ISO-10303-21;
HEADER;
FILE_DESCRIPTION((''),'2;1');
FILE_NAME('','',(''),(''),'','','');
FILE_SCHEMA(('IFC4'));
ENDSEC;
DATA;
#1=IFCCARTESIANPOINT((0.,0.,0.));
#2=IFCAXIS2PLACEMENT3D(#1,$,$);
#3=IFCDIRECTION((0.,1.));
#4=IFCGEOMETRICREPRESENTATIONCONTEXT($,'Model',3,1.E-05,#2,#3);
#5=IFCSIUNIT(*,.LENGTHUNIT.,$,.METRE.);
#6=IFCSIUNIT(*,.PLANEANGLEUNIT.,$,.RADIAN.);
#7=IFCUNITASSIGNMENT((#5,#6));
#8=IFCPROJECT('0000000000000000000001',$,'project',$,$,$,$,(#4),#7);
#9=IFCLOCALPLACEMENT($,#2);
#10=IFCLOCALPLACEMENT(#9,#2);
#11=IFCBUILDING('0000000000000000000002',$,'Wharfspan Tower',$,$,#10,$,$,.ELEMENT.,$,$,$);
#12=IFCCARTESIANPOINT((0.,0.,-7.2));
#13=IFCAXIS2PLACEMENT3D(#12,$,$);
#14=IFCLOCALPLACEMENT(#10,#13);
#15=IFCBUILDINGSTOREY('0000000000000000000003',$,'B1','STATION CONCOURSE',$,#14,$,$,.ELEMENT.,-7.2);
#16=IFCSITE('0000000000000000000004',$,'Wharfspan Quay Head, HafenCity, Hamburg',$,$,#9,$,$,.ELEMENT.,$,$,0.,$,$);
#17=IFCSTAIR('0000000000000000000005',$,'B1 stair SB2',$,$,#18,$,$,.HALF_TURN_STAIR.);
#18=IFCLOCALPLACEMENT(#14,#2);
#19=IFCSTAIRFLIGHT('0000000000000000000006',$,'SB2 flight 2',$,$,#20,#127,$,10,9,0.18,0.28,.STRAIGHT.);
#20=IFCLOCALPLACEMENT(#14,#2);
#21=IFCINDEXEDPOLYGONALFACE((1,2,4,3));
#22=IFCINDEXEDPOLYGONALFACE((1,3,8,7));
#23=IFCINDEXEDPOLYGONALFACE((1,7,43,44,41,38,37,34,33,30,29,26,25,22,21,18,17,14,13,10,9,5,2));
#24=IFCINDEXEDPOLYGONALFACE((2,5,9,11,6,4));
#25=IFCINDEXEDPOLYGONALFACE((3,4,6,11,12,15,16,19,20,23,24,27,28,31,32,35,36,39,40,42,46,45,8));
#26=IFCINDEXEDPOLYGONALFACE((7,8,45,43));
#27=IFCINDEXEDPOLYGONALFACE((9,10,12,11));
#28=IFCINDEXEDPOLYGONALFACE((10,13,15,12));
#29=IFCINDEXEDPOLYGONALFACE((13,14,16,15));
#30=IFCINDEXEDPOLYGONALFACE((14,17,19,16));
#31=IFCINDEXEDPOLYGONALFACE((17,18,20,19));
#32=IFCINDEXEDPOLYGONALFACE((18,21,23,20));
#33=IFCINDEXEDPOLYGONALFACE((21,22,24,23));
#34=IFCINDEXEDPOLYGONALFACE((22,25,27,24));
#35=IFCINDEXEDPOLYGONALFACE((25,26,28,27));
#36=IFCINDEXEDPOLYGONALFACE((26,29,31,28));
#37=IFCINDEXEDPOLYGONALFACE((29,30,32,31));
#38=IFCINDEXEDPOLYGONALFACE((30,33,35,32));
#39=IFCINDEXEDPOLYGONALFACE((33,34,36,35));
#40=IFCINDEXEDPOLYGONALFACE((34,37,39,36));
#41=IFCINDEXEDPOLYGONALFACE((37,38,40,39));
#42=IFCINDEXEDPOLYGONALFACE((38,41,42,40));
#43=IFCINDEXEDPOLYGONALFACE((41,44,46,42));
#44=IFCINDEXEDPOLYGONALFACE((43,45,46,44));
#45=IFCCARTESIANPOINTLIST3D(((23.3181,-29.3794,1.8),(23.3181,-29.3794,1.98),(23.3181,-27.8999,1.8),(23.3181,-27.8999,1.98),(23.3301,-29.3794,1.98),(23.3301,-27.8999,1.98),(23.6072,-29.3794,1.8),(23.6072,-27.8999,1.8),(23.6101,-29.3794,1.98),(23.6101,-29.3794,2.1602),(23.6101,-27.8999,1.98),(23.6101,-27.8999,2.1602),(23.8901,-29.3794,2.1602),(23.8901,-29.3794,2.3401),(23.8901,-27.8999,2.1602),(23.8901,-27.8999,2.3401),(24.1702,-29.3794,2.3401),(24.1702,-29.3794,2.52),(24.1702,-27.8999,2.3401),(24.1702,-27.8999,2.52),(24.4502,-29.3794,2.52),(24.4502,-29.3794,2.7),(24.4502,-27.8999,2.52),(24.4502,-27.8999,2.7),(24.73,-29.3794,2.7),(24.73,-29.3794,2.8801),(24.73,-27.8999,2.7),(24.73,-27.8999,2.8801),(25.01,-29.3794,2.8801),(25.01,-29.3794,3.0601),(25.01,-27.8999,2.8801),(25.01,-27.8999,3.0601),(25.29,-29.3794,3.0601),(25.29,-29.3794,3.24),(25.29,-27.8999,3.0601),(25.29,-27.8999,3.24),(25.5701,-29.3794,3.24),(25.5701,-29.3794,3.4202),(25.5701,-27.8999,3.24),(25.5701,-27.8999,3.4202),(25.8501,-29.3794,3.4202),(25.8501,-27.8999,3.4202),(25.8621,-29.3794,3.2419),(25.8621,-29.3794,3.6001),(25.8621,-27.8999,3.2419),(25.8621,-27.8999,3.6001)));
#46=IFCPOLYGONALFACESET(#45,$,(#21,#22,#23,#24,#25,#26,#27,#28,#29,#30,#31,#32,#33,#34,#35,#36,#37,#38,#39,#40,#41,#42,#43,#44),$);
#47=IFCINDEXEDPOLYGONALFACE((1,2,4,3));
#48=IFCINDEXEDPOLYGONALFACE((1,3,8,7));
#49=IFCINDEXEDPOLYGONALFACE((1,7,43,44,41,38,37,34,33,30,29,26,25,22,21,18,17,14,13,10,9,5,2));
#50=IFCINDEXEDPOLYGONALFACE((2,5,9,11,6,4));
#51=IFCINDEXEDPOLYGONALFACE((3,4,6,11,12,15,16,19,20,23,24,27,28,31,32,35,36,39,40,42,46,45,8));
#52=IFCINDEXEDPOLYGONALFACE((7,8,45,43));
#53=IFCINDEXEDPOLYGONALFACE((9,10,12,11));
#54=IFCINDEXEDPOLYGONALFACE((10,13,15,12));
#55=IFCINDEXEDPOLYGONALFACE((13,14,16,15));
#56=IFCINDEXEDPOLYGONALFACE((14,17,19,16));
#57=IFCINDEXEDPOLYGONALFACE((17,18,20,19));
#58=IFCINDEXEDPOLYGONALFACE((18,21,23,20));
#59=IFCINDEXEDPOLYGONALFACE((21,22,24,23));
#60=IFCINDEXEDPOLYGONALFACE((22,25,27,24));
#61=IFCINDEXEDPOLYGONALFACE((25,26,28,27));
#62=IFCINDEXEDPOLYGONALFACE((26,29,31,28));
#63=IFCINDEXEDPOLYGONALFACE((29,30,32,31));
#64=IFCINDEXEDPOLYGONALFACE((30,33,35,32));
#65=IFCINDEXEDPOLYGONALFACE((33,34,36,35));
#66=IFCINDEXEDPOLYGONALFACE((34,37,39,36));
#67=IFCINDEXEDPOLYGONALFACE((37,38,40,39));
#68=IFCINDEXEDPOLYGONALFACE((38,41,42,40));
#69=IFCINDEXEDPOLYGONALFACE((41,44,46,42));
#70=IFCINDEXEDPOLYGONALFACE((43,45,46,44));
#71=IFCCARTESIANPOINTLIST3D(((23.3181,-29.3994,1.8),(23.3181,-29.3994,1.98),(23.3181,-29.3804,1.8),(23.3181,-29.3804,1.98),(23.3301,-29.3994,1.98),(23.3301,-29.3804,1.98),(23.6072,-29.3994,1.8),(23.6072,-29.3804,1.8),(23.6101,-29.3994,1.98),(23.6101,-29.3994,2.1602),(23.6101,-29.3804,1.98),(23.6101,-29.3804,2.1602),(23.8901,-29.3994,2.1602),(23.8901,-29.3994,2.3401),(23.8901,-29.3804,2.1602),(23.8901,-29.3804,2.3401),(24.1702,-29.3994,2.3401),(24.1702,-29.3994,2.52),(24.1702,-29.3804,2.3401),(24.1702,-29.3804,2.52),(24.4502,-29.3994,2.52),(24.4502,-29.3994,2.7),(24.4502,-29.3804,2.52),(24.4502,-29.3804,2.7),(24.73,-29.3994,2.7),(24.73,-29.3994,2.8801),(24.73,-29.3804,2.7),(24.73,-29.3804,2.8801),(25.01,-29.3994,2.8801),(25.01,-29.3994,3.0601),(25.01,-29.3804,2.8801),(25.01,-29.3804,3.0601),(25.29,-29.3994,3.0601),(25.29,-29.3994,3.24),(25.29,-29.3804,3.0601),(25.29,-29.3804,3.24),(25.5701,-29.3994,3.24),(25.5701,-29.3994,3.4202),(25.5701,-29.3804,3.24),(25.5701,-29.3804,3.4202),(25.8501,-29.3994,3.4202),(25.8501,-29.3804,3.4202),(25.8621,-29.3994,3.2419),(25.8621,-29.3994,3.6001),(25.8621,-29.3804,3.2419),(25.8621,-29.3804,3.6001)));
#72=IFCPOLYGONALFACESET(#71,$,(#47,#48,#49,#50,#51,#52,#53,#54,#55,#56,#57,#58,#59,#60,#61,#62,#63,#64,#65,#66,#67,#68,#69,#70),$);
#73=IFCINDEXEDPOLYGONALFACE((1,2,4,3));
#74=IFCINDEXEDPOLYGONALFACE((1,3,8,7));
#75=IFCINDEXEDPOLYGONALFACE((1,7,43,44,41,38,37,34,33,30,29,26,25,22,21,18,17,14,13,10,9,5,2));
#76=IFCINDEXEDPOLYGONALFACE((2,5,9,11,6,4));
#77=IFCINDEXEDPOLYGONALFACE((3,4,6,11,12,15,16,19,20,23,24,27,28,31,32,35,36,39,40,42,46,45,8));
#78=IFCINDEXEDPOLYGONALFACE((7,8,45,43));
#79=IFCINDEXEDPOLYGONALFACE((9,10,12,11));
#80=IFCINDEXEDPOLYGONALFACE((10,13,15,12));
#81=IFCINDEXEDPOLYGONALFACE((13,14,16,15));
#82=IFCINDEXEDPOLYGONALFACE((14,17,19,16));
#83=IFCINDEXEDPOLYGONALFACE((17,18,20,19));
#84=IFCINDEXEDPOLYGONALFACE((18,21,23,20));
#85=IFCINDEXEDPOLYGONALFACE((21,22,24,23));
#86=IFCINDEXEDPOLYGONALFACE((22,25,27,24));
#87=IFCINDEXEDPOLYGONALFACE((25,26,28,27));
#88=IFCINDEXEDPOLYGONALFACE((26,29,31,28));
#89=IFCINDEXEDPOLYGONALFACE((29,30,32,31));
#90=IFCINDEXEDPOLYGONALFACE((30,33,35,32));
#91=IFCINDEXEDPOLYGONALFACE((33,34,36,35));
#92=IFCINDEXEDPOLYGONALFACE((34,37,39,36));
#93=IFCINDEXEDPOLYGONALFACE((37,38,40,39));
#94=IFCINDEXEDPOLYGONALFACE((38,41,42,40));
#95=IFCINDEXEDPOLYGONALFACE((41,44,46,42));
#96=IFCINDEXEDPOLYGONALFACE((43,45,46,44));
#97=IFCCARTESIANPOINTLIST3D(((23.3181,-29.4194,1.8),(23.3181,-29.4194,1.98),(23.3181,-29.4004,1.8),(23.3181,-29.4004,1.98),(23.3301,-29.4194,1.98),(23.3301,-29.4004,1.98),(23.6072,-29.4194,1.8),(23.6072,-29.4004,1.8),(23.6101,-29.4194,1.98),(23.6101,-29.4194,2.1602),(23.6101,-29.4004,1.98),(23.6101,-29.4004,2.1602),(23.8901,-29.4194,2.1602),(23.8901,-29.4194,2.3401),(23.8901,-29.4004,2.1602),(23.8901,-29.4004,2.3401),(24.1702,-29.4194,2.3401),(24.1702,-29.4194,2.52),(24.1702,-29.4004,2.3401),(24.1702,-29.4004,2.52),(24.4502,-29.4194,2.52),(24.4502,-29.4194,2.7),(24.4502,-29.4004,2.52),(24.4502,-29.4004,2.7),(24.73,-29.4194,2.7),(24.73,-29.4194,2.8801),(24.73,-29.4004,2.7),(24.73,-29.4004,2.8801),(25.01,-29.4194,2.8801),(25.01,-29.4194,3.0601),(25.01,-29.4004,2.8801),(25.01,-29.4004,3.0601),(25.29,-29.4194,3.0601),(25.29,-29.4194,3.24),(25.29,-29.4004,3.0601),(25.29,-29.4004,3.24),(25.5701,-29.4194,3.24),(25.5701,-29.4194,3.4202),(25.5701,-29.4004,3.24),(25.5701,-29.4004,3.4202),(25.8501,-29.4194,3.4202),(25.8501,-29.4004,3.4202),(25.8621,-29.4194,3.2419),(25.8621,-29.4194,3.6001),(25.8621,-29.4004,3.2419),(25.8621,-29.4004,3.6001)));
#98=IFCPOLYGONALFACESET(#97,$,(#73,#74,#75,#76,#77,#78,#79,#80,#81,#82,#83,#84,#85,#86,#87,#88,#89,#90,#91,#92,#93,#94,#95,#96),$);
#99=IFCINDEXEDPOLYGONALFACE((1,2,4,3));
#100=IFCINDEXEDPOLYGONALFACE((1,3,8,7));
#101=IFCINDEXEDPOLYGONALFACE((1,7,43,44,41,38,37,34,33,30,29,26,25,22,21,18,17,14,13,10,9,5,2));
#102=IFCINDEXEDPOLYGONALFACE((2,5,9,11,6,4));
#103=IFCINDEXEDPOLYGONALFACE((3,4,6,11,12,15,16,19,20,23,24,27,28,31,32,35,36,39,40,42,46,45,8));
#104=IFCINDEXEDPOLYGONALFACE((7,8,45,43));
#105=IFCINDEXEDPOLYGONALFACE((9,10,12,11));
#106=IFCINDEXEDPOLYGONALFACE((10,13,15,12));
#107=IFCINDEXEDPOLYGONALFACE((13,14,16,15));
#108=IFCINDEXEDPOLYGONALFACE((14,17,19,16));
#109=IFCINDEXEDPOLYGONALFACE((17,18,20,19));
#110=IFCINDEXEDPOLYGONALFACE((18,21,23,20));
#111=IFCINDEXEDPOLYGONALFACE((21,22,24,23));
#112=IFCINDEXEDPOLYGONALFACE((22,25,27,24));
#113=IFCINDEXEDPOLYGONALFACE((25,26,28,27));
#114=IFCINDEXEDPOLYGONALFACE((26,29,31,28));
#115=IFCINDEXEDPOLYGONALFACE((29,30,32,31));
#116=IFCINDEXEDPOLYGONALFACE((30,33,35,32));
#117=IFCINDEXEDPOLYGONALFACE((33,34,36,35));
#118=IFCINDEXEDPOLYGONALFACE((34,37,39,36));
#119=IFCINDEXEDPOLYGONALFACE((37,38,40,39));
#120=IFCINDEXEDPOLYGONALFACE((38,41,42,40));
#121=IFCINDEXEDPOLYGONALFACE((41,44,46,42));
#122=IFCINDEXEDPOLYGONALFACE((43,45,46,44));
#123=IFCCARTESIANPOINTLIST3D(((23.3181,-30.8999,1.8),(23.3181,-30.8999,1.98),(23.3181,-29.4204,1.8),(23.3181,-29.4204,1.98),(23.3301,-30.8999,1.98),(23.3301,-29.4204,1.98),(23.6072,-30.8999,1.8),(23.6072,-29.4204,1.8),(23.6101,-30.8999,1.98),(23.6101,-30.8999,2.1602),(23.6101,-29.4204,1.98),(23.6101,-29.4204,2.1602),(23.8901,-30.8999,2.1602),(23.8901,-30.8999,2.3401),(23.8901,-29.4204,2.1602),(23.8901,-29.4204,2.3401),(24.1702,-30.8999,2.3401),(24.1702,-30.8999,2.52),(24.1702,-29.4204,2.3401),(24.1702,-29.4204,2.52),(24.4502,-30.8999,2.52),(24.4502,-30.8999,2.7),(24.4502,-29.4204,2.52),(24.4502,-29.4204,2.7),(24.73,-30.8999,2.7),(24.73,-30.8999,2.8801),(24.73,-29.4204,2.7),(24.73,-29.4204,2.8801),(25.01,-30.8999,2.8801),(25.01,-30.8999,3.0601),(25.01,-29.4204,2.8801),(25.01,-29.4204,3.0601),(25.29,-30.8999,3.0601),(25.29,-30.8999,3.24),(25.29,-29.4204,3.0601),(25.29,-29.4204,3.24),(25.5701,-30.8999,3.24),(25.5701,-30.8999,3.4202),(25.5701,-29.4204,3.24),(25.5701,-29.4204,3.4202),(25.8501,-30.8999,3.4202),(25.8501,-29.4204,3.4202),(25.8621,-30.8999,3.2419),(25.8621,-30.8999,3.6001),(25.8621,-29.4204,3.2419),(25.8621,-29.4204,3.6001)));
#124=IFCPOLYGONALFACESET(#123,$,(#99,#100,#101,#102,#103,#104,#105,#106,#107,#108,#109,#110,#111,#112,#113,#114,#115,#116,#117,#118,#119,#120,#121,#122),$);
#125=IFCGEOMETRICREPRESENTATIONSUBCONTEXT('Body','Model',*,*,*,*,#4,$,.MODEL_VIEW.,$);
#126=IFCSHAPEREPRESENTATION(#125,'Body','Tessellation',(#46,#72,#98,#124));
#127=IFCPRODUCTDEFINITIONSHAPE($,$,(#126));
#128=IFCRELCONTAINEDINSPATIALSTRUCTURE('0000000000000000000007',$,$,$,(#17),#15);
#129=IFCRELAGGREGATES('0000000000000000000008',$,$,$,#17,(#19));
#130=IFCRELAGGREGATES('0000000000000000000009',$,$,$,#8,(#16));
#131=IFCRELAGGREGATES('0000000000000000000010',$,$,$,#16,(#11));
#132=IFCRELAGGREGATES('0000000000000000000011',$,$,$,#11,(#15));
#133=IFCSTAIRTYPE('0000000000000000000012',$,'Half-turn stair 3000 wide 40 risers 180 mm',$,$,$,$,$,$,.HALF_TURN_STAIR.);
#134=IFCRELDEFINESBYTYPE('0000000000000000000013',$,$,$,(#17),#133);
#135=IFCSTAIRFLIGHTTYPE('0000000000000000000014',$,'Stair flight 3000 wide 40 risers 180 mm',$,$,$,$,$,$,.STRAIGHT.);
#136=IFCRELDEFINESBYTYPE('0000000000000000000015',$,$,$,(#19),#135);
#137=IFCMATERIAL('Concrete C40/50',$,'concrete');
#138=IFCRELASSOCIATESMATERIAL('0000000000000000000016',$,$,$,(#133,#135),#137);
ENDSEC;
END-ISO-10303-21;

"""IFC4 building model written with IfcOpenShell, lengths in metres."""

from ifc_helpers import new_model, si_unit, direction, frame, origin, place, context, subcontext, project, spatial, polyline, outline, extrude, material, type_object, element, aggregate, save


model = new_model("IFC4")

# Units and contexts
model_context = context("Model", 3, precision=1e-05, world=origin(), true_north=direction((0.0, 1.0)))
body_context = subcontext(model_context, "Body", "Model", "MODEL_VIEW")
ifc_project = project(units=[si_unit("LENGTHUNIT", "METRE"), si_unit("PLANEANGLEUNIT", "RADIAN")], contexts=[model_context])

# Site, building, storey
site_placement = place(None, origin())
site = spatial("IfcSite", under=ifc_project, at=site_placement, Name="Wharfspan Quay Head, HafenCity, Hamburg", CompositionType="ELEMENT", RefElevation=0.0)
building_placement = place(site_placement, origin())
building = spatial("IfcBuilding", under=site, at=building_placement, Name="Wharfspan Tower", CompositionType="ELEMENT")
storey_placement = place(building_placement, frame((0.0, 0.0, -7.2)))
storey = spatial("IfcBuildingStorey", under=building, at=storey_placement, Name="B1", Description="STATION CONCOURSE", CompositionType="ELEMENT", Elevation=-7.2)

# Shared definitions
ifc_material_1 = material(Name="Concrete C40/50", Category="concrete")

# Stair, stair flight
stair_type = type_object("IfcStairType", Name="Half-turn stair 3000 wide 40 risers 180 mm", PredefinedType="HALF_TURN_STAIR", material=ifc_material_1)
stair_placement = place(storey_placement, origin())
stair = element("IfcStair", 1, at=stair_placement, inside=storey, type_object=stair_type, Name="B1 stair SB2", PredefinedType="HALF_TURN_STAIR")
stair_flight_type = type_object("IfcStairFlightType", Name="Stair flight 3000 wide 40 risers 180 mm", PredefinedType="STRAIGHT", material=ifc_material_1)
stair_flight_1_placement = place(storey_placement, frame((23.3301, -29.3999, 1.8), z_axis=(0.0, 0.0, 1.0), x_axis=(1.0, 0.0, 0.0)))
stair_flight_1 = element("IfcStairFlight", 2, at=stair_flight_1_placement, type_object=stair_flight_type, Name="SB2 flight 2", NumberOfRisers=10, NumberOfTreads=9, PredefinedType="STRAIGHT", RiserHeight=0.18, TreadLength=0.28, context=body_context, shape_type="SweptSolid", body=[
    extrude(outline(polyline([(-0.012, 0.0), (-0.012, 0.1799), (0.0, 0.1799), (0.28, 0.1799), (0.28, 0.3601), (0.5601, 0.3601), (0.5601, 0.54), (0.8401, 0.54), (0.8401, 0.72), (1.1201, 0.72), (1.1201, 0.8999), (1.3999, 0.8999), (1.3999, 1.0801), (1.6799, 1.0801), (1.6799, 1.26), (1.96, 1.26), (1.96, 1.4399), (2.24, 1.4399), (2.24, 1.6201), (2.52, 1.6201), (2.532, 1.8), (2.532, 1.4419), (0.2771, 0.0), (-0.012, 0.0)])), frame((0.0, 1.5, 0.0), z_axis=(0.0, -1.0, 0.0), x_axis=(1.0, 0.0, 0.0)), (0.0, 0.0, 1.0), 1.4795),
    extrude(outline(polyline([(-0.012, 0.0), (-0.012, 0.1799), (0.0, 0.1799), (0.28, 0.1799), (0.28, 0.3601), (0.5601, 0.3601), (0.5601, 0.54), (0.8401, 0.54), (0.8401, 0.72), (1.1201, 0.72), (1.1201, 0.8999), (1.3999, 0.8999), (1.3999, 1.0801), (1.6799, 1.0801), (1.6799, 1.26), (1.96, 1.26), (1.96, 1.4399), (2.24, 1.4399), (2.24, 1.6201), (2.52, 1.6201), (2.532, 1.8), (2.532, 1.4419), (0.2771, 0.0), (-0.012, 0.0)])), frame((0.0, 0.0195, 0.0), z_axis=(0.0, -1.0, 0.0), x_axis=(1.0, 0.0, 0.0)), (0.0, 0.0, 1.0), 0.019),
    extrude(outline(polyline([(-0.012, 0.0), (-0.012, 0.1799), (0.0, 0.1799), (0.28, 0.1799), (0.28, 0.3601), (0.5601, 0.3601), (0.5601, 0.54), (0.8401, 0.54), (0.8401, 0.72), (1.1201, 0.72), (1.1201, 0.8999), (1.3999, 0.8999), (1.3999, 1.0801), (1.6799, 1.0801), (1.6799, 1.26), (1.96, 1.26), (1.96, 1.4399), (2.24, 1.4399), (2.24, 1.6201), (2.52, 1.6201), (2.532, 1.8), (2.532, 1.4419), (0.2771, 0.0), (-0.012, 0.0)])), frame((0.0, -0.0005, 0.0), z_axis=(0.0, -1.0, 0.0), x_axis=(1.0, 0.0, 0.0)), (0.0, 0.0, 1.0), 0.019),
    extrude(outline(polyline([(-0.012, 0.0), (-0.012, 0.1799), (0.0, 0.1799), (0.28, 0.1799), (0.28, 0.3601), (0.5601, 0.3601), (0.5601, 0.54), (0.8401, 0.54), (0.8401, 0.72), (1.1201, 0.72), (1.1201, 0.8999), (1.3999, 0.8999), (1.3999, 1.0801), (1.6799, 1.0801), (1.6799, 1.26), (1.96, 1.26), (1.96, 1.4399), (2.24, 1.4399), (2.24, 1.6201), (2.52, 1.6201), (2.532, 1.8), (2.532, 1.4419), (0.2771, 0.0), (-0.012, 0.0)])), frame((0.0, -0.0205, 0.0), z_axis=(0.0, -1.0, 0.0), x_axis=(1.0, 0.0, 0.0)), (0.0, 0.0, 1.0), 1.4795),
])
aggregate(stair, [stair_flight_1])

save(model, "model.ifc")
